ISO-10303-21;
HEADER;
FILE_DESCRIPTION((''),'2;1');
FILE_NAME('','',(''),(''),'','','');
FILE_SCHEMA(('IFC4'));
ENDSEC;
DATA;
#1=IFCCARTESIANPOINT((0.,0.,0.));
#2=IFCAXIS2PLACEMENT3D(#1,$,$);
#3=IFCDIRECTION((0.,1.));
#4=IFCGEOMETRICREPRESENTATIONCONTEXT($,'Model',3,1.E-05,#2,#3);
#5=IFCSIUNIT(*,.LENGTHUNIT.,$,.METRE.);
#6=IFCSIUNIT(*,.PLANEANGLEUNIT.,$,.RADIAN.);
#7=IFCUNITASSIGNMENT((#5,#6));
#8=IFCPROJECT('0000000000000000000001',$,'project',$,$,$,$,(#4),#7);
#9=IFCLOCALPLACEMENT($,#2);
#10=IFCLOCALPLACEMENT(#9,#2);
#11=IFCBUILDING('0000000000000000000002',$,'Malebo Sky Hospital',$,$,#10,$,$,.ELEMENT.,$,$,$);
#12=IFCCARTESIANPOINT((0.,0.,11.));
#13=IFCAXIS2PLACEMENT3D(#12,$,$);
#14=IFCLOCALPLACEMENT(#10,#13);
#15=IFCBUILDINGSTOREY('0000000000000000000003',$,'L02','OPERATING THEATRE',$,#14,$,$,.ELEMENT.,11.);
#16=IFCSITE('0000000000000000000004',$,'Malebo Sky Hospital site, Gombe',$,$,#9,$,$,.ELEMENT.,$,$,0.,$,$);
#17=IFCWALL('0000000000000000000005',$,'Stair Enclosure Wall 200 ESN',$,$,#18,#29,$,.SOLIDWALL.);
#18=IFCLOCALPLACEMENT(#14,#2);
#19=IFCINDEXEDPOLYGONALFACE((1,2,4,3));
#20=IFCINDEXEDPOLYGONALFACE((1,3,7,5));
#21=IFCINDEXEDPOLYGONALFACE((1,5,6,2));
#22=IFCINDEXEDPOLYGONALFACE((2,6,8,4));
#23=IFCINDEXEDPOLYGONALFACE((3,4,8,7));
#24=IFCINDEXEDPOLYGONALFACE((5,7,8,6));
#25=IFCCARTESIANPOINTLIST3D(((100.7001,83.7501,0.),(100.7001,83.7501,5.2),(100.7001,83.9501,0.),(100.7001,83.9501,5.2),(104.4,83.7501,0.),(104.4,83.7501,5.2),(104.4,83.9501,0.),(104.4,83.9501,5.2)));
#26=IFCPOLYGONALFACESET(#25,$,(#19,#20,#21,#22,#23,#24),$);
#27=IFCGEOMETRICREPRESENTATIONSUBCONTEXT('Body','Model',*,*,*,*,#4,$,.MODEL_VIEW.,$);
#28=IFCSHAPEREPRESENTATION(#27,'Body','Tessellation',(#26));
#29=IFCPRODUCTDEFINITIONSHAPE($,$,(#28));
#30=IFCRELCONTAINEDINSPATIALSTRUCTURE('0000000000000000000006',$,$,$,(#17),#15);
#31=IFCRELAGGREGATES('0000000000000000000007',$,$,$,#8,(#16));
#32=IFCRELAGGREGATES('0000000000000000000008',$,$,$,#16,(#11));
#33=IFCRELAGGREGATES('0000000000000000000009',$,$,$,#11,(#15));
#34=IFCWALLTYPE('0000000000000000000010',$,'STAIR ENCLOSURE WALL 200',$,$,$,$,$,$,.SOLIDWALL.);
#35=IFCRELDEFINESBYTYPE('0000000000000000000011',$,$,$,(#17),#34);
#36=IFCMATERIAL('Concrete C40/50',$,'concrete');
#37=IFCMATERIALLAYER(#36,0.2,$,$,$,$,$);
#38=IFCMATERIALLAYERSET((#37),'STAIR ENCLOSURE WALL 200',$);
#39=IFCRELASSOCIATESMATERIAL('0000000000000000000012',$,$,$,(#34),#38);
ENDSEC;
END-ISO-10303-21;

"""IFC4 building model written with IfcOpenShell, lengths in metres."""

from ifc_helpers import new_model, si_unit, direction, frame, frame_2d, origin, place, context, subcontext, project, spatial, rectangle, extrude, material, layer, layer_set, type_object, element, save


model = new_model("IFC4")

# Units and contexts
model_context = context("Model", 3, precision=1e-05, world=origin(), true_north=direction((0.0, 1.0)))
body_context = subcontext(model_context, "Body", "Model", "MODEL_VIEW")
ifc_project = project(units=[si_unit("LENGTHUNIT", "METRE"), si_unit("PLANEANGLEUNIT", "RADIAN")], contexts=[model_context])

# Site, building, storey
site_placement = place(None, origin())
site = spatial("IfcSite", under=ifc_project, at=site_placement, Name="Malebo Sky Hospital site, Gombe", CompositionType="ELEMENT", RefElevation=0.0)
building_placement = place(site_placement, origin())
building = spatial("IfcBuilding", under=site, at=building_placement, Name="Malebo Sky Hospital", CompositionType="ELEMENT")
storey_placement = place(building_placement, frame((0.0, 0.0, 11.0)))
storey = spatial("IfcBuildingStorey", under=building, at=storey_placement, Name="L02", Description="OPERATING THEATRE", CompositionType="ELEMENT", Elevation=11.0)

# Wall
ifc_material_1 = material(Name="Concrete C40/50", Category="concrete")
ifc_layer_1 = layer(ifc_material_1, 0.2)
ifc_layer_set_1 = layer_set([ifc_layer_1], Name="STAIR ENCLOSURE WALL 200")
wall_type_1 = type_object("IfcWallType", Name="STAIR ENCLOSURE WALL 200", PredefinedType="SOLIDWALL", material=ifc_layer_set_1)
wall_1_placement = place(storey_placement, frame((100.7, 83.8501, 0.0), z_axis=(0.0, 0.0, 1.0), x_axis=(1.0, 0.0, 0.0)))
element("IfcWall", 1, at=wall_1_placement, inside=storey, type_object=wall_type_1, Name="Stair Enclosure Wall 200 ESN", PredefinedType="SOLIDWALL", context=body_context, shape_type="SweptSolid", body=[
    extrude(rectangle(XDim=3.7, YDim=0.2, at=frame_2d((1.8501, 0.0))), origin(), (0.0, 0.0, 1.0), 5.2),
])

save(model, "model.ifc")
